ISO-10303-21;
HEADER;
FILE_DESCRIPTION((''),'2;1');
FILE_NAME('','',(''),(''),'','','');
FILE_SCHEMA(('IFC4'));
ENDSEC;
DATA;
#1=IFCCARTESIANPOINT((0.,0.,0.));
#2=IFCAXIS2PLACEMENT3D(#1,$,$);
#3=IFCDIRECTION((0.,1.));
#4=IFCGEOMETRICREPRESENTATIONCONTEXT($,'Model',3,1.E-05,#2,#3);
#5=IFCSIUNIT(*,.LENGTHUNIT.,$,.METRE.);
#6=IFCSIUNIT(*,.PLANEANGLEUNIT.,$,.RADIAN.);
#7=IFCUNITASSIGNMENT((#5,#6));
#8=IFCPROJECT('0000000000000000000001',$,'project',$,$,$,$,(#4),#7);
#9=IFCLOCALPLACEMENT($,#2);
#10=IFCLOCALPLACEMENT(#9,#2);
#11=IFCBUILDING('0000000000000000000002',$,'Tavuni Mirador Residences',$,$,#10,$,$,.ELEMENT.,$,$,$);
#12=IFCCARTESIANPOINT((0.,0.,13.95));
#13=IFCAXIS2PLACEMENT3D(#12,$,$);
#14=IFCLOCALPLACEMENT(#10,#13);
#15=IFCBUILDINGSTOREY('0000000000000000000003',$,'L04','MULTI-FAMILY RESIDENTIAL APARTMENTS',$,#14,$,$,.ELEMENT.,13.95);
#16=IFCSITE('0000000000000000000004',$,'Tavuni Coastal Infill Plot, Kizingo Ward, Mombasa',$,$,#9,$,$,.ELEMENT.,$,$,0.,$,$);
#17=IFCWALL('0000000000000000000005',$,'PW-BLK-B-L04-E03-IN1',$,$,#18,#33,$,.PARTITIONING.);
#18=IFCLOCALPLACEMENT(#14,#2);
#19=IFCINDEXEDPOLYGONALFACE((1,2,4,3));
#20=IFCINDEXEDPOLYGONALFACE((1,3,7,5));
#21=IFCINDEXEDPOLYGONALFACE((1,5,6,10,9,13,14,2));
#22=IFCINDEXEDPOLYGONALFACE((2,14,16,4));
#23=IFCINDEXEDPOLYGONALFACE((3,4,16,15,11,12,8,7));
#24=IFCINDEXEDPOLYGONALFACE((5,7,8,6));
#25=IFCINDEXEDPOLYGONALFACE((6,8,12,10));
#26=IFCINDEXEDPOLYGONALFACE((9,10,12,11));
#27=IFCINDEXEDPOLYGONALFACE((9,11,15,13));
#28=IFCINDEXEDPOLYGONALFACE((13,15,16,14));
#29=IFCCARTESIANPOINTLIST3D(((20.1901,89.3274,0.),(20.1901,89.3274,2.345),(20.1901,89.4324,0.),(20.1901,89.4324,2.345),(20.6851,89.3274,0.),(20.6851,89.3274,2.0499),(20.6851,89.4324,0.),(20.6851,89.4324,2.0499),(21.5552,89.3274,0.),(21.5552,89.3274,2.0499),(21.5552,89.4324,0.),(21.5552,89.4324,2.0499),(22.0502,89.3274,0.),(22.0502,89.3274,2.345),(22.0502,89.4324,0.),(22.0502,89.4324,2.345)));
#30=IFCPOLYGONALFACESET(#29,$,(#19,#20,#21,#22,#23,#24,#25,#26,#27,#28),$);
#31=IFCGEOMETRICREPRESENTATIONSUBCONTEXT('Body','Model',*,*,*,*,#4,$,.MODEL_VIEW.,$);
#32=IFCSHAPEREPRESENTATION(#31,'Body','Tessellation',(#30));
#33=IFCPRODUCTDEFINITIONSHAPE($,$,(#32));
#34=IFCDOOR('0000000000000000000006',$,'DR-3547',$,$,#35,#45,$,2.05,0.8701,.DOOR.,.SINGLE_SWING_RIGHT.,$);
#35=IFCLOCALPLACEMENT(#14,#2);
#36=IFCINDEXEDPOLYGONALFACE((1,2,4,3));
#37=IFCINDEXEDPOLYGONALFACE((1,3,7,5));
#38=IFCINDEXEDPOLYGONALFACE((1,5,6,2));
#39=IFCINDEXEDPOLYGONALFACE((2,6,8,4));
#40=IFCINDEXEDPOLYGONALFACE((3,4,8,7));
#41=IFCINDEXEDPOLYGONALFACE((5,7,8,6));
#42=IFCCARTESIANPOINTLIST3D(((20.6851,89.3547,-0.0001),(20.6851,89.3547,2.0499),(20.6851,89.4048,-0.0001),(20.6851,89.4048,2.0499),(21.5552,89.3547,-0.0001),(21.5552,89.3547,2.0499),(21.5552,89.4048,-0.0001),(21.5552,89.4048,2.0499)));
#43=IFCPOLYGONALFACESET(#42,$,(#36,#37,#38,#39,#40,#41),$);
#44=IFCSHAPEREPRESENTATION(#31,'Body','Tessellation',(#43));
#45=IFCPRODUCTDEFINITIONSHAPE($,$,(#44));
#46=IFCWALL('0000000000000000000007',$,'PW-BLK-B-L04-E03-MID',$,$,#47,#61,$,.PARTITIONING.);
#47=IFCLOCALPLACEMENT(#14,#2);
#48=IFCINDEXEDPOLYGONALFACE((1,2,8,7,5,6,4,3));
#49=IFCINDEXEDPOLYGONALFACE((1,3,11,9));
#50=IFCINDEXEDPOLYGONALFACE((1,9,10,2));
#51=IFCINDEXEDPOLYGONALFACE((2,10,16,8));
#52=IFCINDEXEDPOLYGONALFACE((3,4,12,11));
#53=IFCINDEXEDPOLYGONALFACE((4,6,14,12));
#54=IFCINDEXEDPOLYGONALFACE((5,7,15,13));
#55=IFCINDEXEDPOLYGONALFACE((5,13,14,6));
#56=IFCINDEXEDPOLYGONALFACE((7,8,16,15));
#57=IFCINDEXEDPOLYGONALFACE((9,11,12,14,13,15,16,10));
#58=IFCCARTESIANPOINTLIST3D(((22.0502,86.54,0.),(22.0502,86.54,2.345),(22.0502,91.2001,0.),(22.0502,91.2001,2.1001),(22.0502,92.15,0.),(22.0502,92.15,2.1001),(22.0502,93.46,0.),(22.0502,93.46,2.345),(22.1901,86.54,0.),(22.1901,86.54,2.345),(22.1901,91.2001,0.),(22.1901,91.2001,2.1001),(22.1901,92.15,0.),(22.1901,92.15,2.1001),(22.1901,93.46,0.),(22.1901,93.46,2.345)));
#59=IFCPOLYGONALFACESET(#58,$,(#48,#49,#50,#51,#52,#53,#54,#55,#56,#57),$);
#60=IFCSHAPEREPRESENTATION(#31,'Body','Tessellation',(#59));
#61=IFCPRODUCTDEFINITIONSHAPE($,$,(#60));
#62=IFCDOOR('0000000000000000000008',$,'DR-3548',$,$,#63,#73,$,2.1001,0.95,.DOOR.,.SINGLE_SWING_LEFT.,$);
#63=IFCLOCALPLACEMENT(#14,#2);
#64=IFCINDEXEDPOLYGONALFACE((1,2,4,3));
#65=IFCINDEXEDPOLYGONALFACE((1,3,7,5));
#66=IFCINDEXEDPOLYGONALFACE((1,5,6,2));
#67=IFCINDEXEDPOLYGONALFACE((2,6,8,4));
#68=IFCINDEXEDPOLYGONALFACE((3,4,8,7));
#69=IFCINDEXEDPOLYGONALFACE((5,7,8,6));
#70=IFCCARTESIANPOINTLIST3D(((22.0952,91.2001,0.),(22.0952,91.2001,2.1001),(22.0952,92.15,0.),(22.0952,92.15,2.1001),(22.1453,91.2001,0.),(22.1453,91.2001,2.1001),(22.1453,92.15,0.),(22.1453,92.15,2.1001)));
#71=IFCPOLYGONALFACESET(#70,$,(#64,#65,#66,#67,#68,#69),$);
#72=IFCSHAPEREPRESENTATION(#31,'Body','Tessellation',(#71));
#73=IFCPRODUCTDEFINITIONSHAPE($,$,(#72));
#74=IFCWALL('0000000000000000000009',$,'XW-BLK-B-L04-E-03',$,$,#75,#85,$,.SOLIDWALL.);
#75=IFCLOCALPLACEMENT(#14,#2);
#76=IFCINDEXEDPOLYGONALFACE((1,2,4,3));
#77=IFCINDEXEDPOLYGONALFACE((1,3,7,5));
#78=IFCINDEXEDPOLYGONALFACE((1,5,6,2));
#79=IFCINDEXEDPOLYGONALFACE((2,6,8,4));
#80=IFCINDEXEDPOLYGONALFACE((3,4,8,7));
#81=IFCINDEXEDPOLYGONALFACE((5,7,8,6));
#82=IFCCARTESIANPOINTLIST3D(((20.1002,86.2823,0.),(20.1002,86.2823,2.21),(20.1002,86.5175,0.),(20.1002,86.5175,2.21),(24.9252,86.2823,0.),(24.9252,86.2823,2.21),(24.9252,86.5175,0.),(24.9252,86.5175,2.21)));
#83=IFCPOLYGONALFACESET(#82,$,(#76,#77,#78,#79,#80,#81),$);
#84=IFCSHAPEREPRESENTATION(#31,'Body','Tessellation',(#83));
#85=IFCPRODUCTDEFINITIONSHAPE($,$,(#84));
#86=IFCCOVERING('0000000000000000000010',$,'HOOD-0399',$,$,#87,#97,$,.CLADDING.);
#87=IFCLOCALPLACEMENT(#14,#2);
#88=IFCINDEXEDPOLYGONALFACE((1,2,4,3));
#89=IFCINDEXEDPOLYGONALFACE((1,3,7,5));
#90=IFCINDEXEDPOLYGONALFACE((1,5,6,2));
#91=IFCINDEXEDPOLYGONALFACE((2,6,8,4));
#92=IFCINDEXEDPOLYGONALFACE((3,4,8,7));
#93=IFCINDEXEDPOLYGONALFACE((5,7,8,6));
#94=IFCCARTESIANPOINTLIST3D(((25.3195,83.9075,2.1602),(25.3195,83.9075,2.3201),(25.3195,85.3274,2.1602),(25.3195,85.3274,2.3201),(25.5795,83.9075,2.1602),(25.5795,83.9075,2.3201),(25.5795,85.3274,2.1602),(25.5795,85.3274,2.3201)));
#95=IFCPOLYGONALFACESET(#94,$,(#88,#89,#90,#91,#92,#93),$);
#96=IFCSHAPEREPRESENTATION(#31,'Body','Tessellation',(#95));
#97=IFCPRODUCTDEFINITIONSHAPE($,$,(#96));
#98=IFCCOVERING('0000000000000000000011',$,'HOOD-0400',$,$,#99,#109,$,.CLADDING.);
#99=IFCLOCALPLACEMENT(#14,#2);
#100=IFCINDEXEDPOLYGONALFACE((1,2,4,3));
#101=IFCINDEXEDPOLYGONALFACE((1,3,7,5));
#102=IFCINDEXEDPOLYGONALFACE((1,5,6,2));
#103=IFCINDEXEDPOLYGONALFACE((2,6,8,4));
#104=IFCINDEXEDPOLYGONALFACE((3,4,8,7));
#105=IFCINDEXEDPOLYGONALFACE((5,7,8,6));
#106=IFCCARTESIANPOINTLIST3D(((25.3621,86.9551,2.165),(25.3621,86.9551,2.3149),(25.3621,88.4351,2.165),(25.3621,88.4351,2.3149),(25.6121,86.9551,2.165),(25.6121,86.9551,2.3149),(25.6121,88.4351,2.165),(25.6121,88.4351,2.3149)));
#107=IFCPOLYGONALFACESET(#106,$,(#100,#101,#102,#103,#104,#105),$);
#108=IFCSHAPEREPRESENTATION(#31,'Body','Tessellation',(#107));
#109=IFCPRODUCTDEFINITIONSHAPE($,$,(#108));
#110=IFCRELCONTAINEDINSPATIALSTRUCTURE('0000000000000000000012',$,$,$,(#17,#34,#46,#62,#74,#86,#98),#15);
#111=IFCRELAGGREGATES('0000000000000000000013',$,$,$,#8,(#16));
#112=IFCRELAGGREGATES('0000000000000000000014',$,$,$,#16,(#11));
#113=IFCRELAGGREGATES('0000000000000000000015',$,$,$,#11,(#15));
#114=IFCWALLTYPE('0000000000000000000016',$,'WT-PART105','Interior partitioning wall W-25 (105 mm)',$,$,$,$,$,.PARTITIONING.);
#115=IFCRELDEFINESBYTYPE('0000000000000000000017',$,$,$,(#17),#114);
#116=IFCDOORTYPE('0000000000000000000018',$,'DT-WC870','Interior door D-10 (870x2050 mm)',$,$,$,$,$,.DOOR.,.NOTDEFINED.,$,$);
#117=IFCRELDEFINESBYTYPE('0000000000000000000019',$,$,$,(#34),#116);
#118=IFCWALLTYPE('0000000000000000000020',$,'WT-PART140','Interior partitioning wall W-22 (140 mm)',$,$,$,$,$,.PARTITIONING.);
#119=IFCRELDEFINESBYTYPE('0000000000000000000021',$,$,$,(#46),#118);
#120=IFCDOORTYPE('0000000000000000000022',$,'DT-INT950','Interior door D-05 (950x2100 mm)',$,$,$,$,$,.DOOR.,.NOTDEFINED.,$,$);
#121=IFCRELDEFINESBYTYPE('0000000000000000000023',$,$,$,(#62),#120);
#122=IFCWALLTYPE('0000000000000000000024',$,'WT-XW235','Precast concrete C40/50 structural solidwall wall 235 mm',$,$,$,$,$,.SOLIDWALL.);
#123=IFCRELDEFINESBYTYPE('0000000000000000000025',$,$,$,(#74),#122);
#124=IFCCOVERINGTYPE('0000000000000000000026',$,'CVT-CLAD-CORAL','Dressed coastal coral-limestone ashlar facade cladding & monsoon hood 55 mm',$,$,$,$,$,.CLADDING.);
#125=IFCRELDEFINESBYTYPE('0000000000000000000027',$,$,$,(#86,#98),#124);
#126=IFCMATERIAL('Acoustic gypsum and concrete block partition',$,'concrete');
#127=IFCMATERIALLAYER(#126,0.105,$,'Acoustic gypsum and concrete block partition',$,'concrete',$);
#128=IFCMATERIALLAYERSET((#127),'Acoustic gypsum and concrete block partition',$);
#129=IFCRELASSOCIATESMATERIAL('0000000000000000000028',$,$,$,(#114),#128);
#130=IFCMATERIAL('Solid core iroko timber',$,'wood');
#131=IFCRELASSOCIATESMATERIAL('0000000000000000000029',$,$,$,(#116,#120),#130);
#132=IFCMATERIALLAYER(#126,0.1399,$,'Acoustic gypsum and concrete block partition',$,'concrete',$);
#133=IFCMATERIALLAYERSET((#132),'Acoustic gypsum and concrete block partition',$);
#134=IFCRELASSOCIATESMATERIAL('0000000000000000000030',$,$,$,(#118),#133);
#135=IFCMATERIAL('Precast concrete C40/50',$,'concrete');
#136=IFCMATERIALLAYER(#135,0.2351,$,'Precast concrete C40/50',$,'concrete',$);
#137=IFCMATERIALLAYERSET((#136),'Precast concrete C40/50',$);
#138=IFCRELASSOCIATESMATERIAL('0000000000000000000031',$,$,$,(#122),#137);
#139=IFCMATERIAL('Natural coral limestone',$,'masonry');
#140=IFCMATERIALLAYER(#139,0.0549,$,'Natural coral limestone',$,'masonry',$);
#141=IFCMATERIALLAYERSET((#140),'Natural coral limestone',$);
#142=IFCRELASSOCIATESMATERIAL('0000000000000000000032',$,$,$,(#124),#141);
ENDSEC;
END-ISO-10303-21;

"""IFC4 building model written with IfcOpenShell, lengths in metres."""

from ifc_helpers import new_model, si_unit, direction, frame, frame_2d, origin, origin_2d, place, context, subcontext, project, spatial, rectangle, extrude, material, layer, layer_set, type_object, element, fill, save


model = new_model("IFC4")

# Units and contexts
model_context = context("Model", 3, precision=1e-05, world=origin(), true_north=direction((0.0, 1.0)))
body_context = subcontext(model_context, "Body", "Model", "MODEL_VIEW")
ifc_project = project(units=[si_unit("LENGTHUNIT", "METRE"), si_unit("PLANEANGLEUNIT", "RADIAN")], contexts=[model_context])

# Site, building, storey
site_placement = place(None, origin())
site = spatial("IfcSite", under=ifc_project, at=site_placement, Name="Tavuni Coastal Infill Plot, Kizingo Ward, Mombasa", CompositionType="ELEMENT", RefElevation=0.0)
building_placement = place(site_placement, origin())
building = spatial("IfcBuilding", under=site, at=building_placement, Name="Tavuni Mirador Residences", CompositionType="ELEMENT")
storey_placement = place(building_placement, frame((0.0, 0.0, 13.95)))
storey = spatial("IfcBuildingStorey", under=building, at=storey_placement, Name="L04", Description="MULTI-FAMILY RESIDENTIAL APARTMENTS", CompositionType="ELEMENT", Elevation=13.95)

# Shared definitions
ifc_material_1 = material(Name="Precast concrete C40/50", Category="concrete")

# Shared definitions
ifc_material_2 = material(Name="Solid core iroko timber", Category="wood")

# Walls, openings, doors
ifc_material_3 = material(Name="Acoustic gypsum and concrete block partition", Category="concrete")
ifc_layer_1 = layer(ifc_material_3, 0.105, Name="Acoustic gypsum and concrete block partition", Category="concrete")
ifc_layer_set_1 = layer_set([ifc_layer_1], Name="Acoustic gypsum and concrete block partition")
wall_type_1 = type_object("IfcWallType", Name="WT-PART105", Description="Interior partitioning wall W-25 (105 mm)", PredefinedType="PARTITIONING", material=ifc_layer_set_1)
door_type_1 = type_object("IfcDoorType", Name="DT-WC870", Description="Interior door D-10 (870x2050 mm)", OperationType="NOTDEFINED", PredefinedType="DOOR", material=ifc_material_2)
wall_1_placement = place(storey_placement, frame((20.1899, 89.3799, 0.0), z_axis=(0.0, 0.0, 1.0), x_axis=(1.0, 0.0, 0.0)))
wall_1 = element("IfcWall", 1, at=wall_1_placement, inside=storey, type_object=wall_type_1, Name="PW-BLK-B-L04-E03-IN1", PredefinedType="PARTITIONING", context=body_context, shape_type="SweptSolid", body=[
    extrude(rectangle(XDim=1.8601, YDim=0.105, at=frame_2d((0.9302, 0.0))), origin(), (0.0, 0.0, 1.0), 2.345),
])
opening_1_placement = place(wall_1_placement, frame((0.4951, 0.0, 0.0)))
opening_1 = element("IfcOpeningElement", 2, at=opening_1_placement, cuts=wall_1, PredefinedType="OPENING", context=body_context, shape_type="SweptSolid", body=[
    extrude(rectangle(XDim=0.8701, YDim=2.05, at=frame_2d((0.4351, 1.0249))), frame((0.0, 0.0625, 0.0), z_axis=(0.0, -1.0, 0.0), x_axis=(1.0, 0.0, 0.0)), (0.0, 0.0, 1.0), 0.125),
])
door_1_placement = place(opening_1_placement, origin())
door_1 = element("IfcDoor", 3, at=door_1_placement, inside=storey, type_object=door_type_1, Name="DR-3547", OperationType="SINGLE_SWING_RIGHT", OverallHeight=2.05, OverallWidth=0.8701, PredefinedType="DOOR", context=body_context, shape_type="SweptSolid", body=[
    extrude(rectangle(XDim=0.8701, YDim=2.05, at=frame_2d((0.4351, 1.0249))), frame((0.0, 0.0249, 0.0), z_axis=(0.0, -1.0, 0.0), x_axis=(1.0, 0.0, 0.0)), (0.0, 0.0, 1.0), 0.05),
])
fill(opening_1, door_1)
ifc_layer_2 = layer(ifc_material_3, 0.1399, Name="Acoustic gypsum and concrete block partition", Category="concrete")
ifc_layer_set_2 = layer_set([ifc_layer_2], Name="Acoustic gypsum and concrete block partition")
wall_type_2 = type_object("IfcWallType", Name="WT-PART140", Description="Interior partitioning wall W-22 (140 mm)", PredefinedType="PARTITIONING", material=ifc_layer_set_2)
wall_2_placement = place(storey_placement, frame((22.1201, 86.54, 0.0), z_axis=(0.0, 0.0, 1.0), x_axis=(0.0, 1.0, 0.0)))
wall_2 = element("IfcWall", 4, at=wall_2_placement, inside=storey, type_object=wall_type_2, Name="PW-BLK-B-L04-E03-MID", PredefinedType="PARTITIONING", context=body_context, shape_type="SweptSolid", body=[
    extrude(rectangle(XDim=6.9199, YDim=0.1399, at=frame_2d((3.46, 0.0))), origin(), (0.0, 0.0, 1.0), 2.345),
])
opening_2_placement = place(wall_2_placement, frame((4.6599, 0.0, 0.0)))
opening_2 = element("IfcOpeningElement", 5, at=opening_2_placement, cuts=wall_2, PredefinedType="OPENING", context=body_context, shape_type="SweptSolid", body=[
    extrude(rectangle(XDim=0.95, YDim=2.1001, at=frame_2d((0.4751, 1.05))), frame((0.0, 0.0801, 0.0), z_axis=(0.0, -1.0, 0.0), x_axis=(1.0, 0.0, 0.0)), (0.0, 0.0, 1.0), 0.1599),
])
door_type_2 = type_object("IfcDoorType", Name="DT-INT950", Description="Interior door D-05 (950x2100 mm)", OperationType="NOTDEFINED", PredefinedType="DOOR", material=ifc_material_2)
door_2_placement = place(opening_2_placement, origin())
door_2 = element("IfcDoor", 6, at=door_2_placement, inside=storey, type_object=door_type_2, Name="DR-3548", OperationType="SINGLE_SWING_LEFT", OverallHeight=2.1001, OverallWidth=0.95, PredefinedType="DOOR", context=body_context, shape_type="SweptSolid", body=[
    extrude(rectangle(XDim=0.95, YDim=2.1001, at=frame_2d((0.4751, 1.05))), frame((0.0, 0.0249, 0.0), z_axis=(0.0, -1.0, 0.0), x_axis=(1.0, 0.0, 0.0)), (0.0, 0.0, 1.0), 0.05),
])
fill(opening_2, door_2)

# Wall
ifc_layer_3 = layer(ifc_material_1, 0.2351, Name="Precast concrete C40/50", Category="concrete")
ifc_layer_set_3 = layer_set([ifc_layer_3], Name="Precast concrete C40/50")
wall_type_3 = type_object("IfcWallType", Name="WT-XW235", Description="Precast concrete C40/50 structural solidwall wall 235 mm", PredefinedType="SOLIDWALL", material=ifc_layer_set_3)
wall_3_placement = place(storey_placement, frame((20.1001, 86.3999, 0.0), z_axis=(0.0, 0.0, 1.0), x_axis=(1.0, 0.0, 0.0)))
element("IfcWall", 7, at=wall_3_placement, inside=storey, type_object=wall_type_3, Name="XW-BLK-B-L04-E-03", PredefinedType="SOLIDWALL", context=body_context, shape_type="SweptSolid", body=[
    extrude(rectangle(XDim=4.825, YDim=0.2351, at=frame_2d((2.4126, 0.0))), origin(), (0.0, 0.0, 1.0), 2.21),
])

# Coverings
ifc_material_4 = material(Name="Natural coral limestone", Category="masonry")
ifc_layer_4 = layer(ifc_material_4, 0.0549, Name="Natural coral limestone", Category="masonry")
ifc_layer_set_4 = layer_set([ifc_layer_4], Name="Natural coral limestone")
covering_type = type_object("IfcCoveringType", Name="CVT-CLAD-CORAL", Description="Dressed coastal coral-limestone ashlar facade cladding & monsoon hood 55 mm", PredefinedType="CLADDING", material=ifc_layer_set_4)
covering_1_placement = place(storey_placement, frame((25.4495, 84.6174, 2.1602), z_axis=(0.0, 0.0, 1.0), x_axis=(0.0, 1.0, 0.0)))
element("IfcCovering", 8, at=covering_1_placement, inside=storey, type_object=covering_type, Name="HOOD-0399", PredefinedType="CLADDING", context=body_context, shape_type="SweptSolid", body=[
    extrude(rectangle(XDim=1.4199, YDim=0.26, at=origin_2d()), origin(), (0.0, 0.0, 1.0), 0.1599),
])
covering_2_placement = place(storey_placement, frame((25.4871, 87.6951, 2.165), z_axis=(0.0, 0.0, 1.0), x_axis=(0.0, 1.0, 0.0)))
element("IfcCovering", 9, at=covering_2_placement, inside=storey, type_object=covering_type, Name="HOOD-0400", PredefinedType="CLADDING", context=body_context, shape_type="SweptSolid", body=[
    extrude(rectangle(XDim=1.48, YDim=0.25, at=origin_2d()), origin(), (0.0, 0.0, 1.0), 0.1499),
])

save(model, "model.ifc")
